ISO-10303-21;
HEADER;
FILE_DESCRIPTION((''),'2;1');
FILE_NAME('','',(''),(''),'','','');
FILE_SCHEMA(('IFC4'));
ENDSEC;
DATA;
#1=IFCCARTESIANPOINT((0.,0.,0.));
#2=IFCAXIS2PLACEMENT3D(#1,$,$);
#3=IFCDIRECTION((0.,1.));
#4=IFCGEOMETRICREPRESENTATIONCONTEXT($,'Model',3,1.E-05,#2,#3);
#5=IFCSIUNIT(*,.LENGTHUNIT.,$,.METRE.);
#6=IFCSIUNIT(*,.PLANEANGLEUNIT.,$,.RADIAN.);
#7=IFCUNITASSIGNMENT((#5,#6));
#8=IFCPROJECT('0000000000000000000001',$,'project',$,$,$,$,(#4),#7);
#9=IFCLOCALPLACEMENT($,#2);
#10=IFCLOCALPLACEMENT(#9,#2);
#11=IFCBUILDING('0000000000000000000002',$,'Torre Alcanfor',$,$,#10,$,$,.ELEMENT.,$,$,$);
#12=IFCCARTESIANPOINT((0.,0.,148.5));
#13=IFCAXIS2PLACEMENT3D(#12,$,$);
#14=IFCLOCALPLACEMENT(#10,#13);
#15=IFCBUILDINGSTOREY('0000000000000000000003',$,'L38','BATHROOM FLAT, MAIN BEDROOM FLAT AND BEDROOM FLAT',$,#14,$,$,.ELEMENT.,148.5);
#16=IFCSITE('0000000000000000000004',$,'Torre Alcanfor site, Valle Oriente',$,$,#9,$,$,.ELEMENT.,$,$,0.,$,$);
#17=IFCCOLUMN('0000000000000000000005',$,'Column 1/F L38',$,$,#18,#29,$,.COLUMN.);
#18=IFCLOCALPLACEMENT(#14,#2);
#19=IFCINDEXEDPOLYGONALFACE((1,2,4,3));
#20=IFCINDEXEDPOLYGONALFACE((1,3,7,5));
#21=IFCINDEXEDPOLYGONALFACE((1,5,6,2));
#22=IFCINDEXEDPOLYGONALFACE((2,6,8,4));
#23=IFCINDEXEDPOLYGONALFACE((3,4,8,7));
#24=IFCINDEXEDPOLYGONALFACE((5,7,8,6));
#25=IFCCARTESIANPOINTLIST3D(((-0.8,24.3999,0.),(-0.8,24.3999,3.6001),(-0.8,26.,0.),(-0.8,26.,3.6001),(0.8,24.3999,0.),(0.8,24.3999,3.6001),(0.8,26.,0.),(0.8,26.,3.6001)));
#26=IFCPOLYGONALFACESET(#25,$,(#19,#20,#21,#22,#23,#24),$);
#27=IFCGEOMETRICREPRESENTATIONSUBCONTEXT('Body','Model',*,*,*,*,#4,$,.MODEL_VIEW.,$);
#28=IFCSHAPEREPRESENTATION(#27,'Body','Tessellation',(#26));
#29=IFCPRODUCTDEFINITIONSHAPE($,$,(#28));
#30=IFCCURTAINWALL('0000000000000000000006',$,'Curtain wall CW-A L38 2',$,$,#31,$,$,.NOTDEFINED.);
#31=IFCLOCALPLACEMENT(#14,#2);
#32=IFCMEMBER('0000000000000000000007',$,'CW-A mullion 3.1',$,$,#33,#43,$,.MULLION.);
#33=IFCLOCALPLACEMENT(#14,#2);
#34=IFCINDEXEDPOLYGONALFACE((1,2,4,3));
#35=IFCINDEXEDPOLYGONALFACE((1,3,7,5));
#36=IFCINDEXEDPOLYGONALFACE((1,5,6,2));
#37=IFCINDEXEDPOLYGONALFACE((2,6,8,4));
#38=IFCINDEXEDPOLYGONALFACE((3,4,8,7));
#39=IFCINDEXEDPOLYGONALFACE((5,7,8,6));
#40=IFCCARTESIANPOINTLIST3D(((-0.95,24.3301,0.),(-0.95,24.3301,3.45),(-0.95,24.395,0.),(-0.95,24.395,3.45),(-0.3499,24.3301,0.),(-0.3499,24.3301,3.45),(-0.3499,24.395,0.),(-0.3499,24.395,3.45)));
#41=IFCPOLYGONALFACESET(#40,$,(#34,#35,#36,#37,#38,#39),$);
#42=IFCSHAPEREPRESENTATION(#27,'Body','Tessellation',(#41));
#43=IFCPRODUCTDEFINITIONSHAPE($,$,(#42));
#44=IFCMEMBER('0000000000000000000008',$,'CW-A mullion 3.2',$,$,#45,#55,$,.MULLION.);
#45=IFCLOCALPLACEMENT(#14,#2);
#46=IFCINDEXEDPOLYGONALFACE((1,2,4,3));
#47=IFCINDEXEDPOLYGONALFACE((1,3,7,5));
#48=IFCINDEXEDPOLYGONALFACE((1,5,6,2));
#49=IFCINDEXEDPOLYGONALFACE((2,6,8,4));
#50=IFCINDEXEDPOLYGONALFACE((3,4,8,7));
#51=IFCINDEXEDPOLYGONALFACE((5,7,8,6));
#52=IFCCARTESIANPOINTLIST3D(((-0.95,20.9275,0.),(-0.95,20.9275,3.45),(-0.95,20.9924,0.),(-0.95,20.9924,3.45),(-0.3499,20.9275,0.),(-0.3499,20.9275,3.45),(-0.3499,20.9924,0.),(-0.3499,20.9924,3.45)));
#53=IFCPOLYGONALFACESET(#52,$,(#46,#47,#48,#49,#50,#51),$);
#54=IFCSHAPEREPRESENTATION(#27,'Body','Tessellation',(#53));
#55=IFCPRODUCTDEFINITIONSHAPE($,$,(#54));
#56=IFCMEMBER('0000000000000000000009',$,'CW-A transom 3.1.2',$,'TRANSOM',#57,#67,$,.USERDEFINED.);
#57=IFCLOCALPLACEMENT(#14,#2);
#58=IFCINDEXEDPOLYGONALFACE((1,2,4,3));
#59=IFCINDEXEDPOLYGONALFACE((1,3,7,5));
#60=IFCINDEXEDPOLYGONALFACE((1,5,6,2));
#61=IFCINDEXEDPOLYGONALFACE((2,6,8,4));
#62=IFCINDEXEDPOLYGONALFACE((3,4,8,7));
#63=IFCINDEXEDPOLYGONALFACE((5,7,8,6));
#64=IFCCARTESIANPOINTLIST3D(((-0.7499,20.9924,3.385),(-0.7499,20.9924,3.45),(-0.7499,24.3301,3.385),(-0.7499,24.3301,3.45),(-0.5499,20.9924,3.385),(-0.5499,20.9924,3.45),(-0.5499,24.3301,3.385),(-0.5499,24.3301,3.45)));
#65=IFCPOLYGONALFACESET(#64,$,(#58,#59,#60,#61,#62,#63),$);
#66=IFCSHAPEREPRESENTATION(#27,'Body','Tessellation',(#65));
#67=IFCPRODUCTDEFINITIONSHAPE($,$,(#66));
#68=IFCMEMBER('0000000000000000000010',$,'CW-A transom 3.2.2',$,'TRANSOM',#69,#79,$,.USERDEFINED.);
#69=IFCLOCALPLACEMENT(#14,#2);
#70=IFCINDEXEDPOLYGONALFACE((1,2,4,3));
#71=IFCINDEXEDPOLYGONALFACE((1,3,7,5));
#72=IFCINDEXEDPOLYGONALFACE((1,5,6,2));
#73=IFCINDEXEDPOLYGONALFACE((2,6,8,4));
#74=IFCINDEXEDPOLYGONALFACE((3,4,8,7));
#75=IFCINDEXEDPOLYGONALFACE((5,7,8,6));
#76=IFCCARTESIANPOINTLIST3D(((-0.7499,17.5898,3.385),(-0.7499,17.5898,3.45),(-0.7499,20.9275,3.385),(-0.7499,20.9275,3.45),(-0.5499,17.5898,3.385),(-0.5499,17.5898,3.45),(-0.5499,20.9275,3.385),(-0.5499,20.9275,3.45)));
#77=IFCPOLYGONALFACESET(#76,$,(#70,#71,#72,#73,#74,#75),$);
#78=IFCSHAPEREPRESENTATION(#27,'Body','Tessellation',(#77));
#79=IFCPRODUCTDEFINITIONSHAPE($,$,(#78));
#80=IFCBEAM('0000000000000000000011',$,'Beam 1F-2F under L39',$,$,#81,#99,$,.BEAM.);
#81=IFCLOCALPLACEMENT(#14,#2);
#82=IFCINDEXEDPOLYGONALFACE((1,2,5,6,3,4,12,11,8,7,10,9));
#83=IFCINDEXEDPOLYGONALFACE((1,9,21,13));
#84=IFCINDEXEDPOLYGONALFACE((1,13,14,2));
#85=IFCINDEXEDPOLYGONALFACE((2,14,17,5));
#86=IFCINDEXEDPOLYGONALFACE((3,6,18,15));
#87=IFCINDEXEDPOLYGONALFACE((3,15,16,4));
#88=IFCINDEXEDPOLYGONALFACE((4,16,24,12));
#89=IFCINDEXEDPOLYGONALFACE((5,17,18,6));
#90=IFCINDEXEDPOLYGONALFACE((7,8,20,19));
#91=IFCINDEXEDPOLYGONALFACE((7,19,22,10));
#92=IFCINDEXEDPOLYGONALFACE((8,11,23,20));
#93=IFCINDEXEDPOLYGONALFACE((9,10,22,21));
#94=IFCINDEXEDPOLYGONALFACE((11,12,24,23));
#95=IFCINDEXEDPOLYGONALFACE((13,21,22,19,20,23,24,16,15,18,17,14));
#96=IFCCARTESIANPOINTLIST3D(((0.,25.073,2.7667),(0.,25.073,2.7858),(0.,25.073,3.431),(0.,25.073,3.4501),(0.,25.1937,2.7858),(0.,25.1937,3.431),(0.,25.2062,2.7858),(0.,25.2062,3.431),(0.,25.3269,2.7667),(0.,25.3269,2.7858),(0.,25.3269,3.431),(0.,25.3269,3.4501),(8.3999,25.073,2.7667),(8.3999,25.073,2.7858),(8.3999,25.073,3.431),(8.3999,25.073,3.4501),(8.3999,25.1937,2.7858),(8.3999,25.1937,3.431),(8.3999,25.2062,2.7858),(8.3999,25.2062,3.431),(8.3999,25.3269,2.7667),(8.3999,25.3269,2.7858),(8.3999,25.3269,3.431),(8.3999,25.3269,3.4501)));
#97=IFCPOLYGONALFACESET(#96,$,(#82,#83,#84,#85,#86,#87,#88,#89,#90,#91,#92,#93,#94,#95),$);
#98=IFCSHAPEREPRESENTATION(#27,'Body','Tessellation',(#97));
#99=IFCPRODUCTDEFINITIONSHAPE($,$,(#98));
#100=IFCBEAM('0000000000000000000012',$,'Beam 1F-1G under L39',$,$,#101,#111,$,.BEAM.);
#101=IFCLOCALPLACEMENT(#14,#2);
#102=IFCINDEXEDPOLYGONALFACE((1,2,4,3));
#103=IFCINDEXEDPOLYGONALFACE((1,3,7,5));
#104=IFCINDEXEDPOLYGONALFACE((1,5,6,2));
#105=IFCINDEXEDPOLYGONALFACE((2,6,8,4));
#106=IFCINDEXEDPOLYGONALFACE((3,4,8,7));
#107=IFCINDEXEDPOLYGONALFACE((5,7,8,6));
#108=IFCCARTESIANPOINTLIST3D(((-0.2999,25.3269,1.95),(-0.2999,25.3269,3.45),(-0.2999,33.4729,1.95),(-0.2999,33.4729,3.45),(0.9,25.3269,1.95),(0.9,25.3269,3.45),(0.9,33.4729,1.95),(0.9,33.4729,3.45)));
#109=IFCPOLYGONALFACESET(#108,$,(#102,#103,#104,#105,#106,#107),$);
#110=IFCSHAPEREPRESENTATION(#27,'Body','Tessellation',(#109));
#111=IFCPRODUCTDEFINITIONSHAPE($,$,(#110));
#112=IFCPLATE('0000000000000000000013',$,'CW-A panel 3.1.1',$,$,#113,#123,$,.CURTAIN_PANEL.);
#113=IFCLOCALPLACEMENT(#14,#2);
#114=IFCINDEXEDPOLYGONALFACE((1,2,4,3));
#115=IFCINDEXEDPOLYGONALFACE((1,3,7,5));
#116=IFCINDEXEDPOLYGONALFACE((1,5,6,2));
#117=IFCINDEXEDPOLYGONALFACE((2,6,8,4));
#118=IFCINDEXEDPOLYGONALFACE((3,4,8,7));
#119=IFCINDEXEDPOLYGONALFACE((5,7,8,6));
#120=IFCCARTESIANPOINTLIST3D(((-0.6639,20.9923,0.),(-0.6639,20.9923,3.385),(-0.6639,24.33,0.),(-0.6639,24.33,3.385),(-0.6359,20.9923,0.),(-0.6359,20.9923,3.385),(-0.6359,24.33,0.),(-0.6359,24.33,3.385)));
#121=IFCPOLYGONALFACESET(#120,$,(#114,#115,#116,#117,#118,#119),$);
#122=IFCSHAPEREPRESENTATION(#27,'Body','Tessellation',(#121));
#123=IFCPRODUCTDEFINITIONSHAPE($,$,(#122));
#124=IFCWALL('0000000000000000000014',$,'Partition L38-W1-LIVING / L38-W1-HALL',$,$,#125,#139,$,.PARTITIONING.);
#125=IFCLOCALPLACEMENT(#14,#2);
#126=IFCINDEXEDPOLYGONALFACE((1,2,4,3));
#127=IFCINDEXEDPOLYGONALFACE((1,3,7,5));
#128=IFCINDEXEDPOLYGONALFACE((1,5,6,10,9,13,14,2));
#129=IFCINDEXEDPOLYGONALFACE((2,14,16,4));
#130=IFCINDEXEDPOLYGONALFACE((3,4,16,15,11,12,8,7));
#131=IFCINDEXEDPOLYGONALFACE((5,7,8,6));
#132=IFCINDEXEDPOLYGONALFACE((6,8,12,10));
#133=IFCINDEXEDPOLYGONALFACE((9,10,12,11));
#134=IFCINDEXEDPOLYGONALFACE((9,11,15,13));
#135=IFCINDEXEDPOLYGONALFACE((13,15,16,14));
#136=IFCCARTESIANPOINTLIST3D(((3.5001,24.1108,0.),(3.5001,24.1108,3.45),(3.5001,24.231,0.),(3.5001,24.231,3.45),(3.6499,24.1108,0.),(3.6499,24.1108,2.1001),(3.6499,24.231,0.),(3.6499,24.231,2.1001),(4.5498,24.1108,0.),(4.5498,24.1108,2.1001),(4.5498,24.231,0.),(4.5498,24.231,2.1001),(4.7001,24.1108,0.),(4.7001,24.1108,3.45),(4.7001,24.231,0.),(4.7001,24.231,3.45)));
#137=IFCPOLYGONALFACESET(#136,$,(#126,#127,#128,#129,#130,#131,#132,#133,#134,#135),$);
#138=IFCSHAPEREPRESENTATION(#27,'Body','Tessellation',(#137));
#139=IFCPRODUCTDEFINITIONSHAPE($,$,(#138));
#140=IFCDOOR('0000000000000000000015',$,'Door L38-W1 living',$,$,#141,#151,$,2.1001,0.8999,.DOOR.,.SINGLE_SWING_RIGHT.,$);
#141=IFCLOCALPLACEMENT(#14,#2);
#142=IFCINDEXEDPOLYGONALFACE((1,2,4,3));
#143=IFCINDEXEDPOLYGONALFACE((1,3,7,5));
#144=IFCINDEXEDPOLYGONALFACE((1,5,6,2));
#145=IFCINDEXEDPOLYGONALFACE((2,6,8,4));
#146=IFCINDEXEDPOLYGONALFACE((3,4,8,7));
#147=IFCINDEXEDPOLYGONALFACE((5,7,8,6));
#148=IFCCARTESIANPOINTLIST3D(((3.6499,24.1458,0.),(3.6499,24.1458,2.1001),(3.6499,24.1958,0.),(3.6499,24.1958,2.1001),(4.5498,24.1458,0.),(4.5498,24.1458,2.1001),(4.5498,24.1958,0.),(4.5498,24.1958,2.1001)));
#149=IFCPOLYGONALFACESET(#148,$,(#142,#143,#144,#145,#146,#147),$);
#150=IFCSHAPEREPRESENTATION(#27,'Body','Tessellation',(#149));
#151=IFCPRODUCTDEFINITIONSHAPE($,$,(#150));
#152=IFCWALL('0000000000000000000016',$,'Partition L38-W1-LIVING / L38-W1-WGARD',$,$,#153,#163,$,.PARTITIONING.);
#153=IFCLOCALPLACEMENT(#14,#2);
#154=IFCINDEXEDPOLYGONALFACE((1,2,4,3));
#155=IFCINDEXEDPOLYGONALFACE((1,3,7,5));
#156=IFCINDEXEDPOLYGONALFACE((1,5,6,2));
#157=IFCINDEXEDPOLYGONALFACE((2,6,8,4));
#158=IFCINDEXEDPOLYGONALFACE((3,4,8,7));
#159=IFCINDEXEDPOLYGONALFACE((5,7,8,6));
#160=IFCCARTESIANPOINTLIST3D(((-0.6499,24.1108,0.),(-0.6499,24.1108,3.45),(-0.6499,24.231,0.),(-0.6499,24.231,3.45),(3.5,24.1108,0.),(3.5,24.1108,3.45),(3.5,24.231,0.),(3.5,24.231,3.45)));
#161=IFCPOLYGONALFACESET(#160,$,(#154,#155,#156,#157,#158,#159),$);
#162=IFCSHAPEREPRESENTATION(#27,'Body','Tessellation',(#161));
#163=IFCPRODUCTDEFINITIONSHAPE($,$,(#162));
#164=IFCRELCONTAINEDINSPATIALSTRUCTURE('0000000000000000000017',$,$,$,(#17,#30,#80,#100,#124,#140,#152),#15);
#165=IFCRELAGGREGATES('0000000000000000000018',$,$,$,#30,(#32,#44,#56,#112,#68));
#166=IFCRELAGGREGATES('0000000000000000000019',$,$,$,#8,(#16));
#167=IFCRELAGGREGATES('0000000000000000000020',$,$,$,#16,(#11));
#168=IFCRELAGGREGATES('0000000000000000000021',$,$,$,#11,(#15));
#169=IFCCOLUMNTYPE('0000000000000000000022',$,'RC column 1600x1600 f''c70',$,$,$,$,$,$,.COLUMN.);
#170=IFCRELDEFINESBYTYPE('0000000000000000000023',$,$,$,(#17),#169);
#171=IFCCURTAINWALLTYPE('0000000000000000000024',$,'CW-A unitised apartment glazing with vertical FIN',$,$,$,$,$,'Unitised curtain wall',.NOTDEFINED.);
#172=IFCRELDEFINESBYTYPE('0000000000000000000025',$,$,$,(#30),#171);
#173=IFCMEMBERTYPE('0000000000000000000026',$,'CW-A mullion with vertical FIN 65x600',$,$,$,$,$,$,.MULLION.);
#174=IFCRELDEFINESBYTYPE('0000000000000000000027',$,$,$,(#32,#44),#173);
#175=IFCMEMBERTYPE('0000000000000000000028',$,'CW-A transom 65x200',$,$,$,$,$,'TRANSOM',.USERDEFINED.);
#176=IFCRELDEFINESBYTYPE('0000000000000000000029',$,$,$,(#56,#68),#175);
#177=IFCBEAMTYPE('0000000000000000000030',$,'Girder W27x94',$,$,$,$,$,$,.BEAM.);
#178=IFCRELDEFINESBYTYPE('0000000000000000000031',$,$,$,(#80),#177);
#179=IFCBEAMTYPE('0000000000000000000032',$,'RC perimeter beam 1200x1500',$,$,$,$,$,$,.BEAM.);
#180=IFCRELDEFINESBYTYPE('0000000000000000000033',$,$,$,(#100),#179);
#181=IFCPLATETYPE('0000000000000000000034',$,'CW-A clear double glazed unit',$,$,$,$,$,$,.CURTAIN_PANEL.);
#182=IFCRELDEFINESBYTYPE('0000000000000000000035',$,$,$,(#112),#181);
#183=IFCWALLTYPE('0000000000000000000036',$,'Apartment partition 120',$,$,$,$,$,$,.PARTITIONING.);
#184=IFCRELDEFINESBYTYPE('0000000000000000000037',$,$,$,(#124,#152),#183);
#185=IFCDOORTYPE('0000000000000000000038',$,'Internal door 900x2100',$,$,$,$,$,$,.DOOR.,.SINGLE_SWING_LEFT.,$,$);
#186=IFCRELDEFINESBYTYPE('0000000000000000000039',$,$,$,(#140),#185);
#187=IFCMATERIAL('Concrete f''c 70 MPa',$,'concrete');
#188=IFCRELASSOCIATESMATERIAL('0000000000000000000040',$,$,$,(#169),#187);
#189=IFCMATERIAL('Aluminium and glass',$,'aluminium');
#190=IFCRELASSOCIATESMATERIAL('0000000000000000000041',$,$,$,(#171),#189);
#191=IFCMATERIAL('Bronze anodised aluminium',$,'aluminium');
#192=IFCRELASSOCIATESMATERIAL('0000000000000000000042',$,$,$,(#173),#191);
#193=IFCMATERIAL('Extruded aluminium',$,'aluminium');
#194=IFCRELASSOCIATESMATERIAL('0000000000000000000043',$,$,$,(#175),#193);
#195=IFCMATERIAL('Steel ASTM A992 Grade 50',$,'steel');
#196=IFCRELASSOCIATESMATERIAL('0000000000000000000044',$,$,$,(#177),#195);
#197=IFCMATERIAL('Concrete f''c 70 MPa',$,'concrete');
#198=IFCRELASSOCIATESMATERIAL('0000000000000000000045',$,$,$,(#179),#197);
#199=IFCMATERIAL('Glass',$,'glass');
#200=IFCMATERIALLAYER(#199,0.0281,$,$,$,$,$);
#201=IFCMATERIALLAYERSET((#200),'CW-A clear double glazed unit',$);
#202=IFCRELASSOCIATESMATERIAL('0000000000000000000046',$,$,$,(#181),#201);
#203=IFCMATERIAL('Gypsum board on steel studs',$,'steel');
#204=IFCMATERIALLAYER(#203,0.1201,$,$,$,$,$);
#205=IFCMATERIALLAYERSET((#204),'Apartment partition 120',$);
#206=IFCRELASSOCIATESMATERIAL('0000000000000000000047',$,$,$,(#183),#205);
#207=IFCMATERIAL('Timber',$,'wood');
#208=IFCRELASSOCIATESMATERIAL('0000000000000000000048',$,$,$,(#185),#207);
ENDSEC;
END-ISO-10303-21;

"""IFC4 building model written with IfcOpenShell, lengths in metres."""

from ifc_helpers import new_model, si_unit, direction, frame, frame_2d, origin, origin_2d, place, context, subcontext, project, spatial, rectangle, i_section, extrude, material, layer, layer_set, material_profile, profile_set, type_object, element, fill, aggregate, save


model = new_model("IFC4")

# Units and contexts
model_context = context("Model", 3, precision=1e-05, world=origin(), true_north=direction((0.0, 1.0)))
body_context = subcontext(model_context, "Body", "Model", "MODEL_VIEW")
ifc_project = project(units=[si_unit("LENGTHUNIT", "METRE"), si_unit("PLANEANGLEUNIT", "RADIAN")], contexts=[model_context])

# Site, building, storey
site_placement = place(None, origin())
site = spatial("IfcSite", under=ifc_project, at=site_placement, Name="Torre Alcanfor site, Valle Oriente", CompositionType="ELEMENT", RefElevation=0.0)
building_placement = place(site_placement, origin())
building = spatial("IfcBuilding", under=site, at=building_placement, Name="Torre Alcanfor", CompositionType="ELEMENT")
storey_placement = place(building_placement, frame((0.0, 0.0, 148.5)))
storey = spatial("IfcBuildingStorey", under=building, at=storey_placement, Name="L38", Description="BATHROOM FLAT, MAIN BEDROOM FLAT AND BEDROOM FLAT", CompositionType="ELEMENT", Elevation=148.5)

# Column
ifc_material_1 = material(Name="Concrete f'c 70 MPa", Category="concrete")
ifc_material_profile_1 = material_profile(ifc_material_1, rectangle(XDim=1.6001, YDim=1.6001, at=origin_2d()), Name="1600x1600")
ifc_profile_set_1 = profile_set([ifc_material_profile_1], Name="Concrete f'c 70 MPa")
column_type = type_object("IfcColumnType", Name="RC column 1600x1600 f'c70", PredefinedType="COLUMN", material=ifc_profile_set_1)
column_placement = place(storey_placement, frame((0.0, 25.2, 0.0), z_axis=(0.0, 0.0, 1.0), x_axis=(1.0, 0.0, 0.0)))
element("IfcColumn", 1, at=column_placement, inside=storey, type_object=column_type, Name="Column 1/F L38", PredefinedType="COLUMN", context=body_context, shape_type="SweptSolid", body=[
    extrude(rectangle(XDim=1.6001, YDim=1.6001, at=origin_2d()), origin(), (0.0, 0.0, 1.0), 3.6001),
])

# Curtain wall, members
ifc_material_2 = material(Name="Aluminium and glass", Category="aluminium")
curtain_wall_type = type_object("IfcCurtainWallType", Name="CW-A unitised apartment glazing with vertical FIN", ElementType="Unitised curtain wall", PredefinedType="NOTDEFINED", material=ifc_material_2)
curtain_wall_placement = place(storey_placement, origin())
curtain_wall = element("IfcCurtainWall", 2, at=curtain_wall_placement, inside=storey, type_object=curtain_wall_type, Name="Curtain wall CW-A L38 2", PredefinedType="NOTDEFINED")
ifc_material_3 = material(Name="Bronze anodised aluminium", Category="aluminium")
ifc_material_profile_2 = material_profile(ifc_material_3, rectangle(XDim=0.6001, YDim=0.0649, at=origin_2d()), Name="CW-A mullion 65x600")
ifc_profile_set_2 = profile_set([ifc_material_profile_2], Name="Bronze anodised aluminium")
member_type_1 = type_object("IfcMemberType", Name="CW-A mullion with vertical FIN 65x600", PredefinedType="MULLION", material=ifc_profile_set_2)
member_1_placement = place(storey_placement, frame((-0.6499, 24.3625, 0.0), z_axis=(0.0, 0.0, 1.0), x_axis=(1.0, 0.0, 0.0)))
member_1 = element("IfcMember", 3, at=member_1_placement, type_object=member_type_1, Name="CW-A mullion 3.1", PredefinedType="MULLION", context=body_context, shape_type="SweptSolid", body=[
    extrude(rectangle(XDim=0.6001, YDim=0.0649, at=origin_2d()), origin(), (0.0, 0.0, 1.0), 3.45),
])
member_2_placement = place(storey_placement, frame((-0.6499, 20.96, 0.0), z_axis=(0.0, 0.0, 1.0), x_axis=(1.0, 0.0, 0.0)))
member_2 = element("IfcMember", 4, at=member_2_placement, type_object=member_type_1, Name="CW-A mullion 3.2", PredefinedType="MULLION", context=body_context, shape_type="SweptSolid", body=[
    extrude(rectangle(XDim=0.6001, YDim=0.0649, at=origin_2d()), origin(), (0.0, 0.0, 1.0), 3.45),
])
ifc_material_4 = material(Name="Extruded aluminium", Category="aluminium")
ifc_material_profile_3 = material_profile(ifc_material_4, rectangle(XDim=0.2, YDim=0.0649, at=origin_2d()), Name="CW-A transom 200x65")
ifc_profile_set_3 = profile_set([ifc_material_profile_3], Name="Extruded aluminium")
member_type_2 = type_object("IfcMemberType", Name="CW-A transom 65x200", ElementType="TRANSOM", PredefinedType="USERDEFINED", material=ifc_profile_set_3)
member_3_placement = place(storey_placement, frame((-0.6499, 24.3301, 3.4175), z_axis=(0.0, -1.0, 0.0), x_axis=(1.0, 0.0, 0.0)))
member_3 = element("IfcMember", 5, at=member_3_placement, type_object=member_type_2, Name="CW-A transom 3.1.2", ObjectType="TRANSOM", PredefinedType="USERDEFINED", context=body_context, shape_type="SweptSolid", body=[
    extrude(rectangle(XDim=0.2, YDim=0.0649, at=origin_2d()), origin(), (0.0, 0.0, 1.0), 3.3376),
])
member_4_placement = place(storey_placement, frame((-0.6499, 20.9275, 3.4175), z_axis=(0.0, -1.0, 0.0), x_axis=(1.0, 0.0, 0.0)))
member_4 = element("IfcMember", 6, at=member_4_placement, type_object=member_type_2, Name="CW-A transom 3.2.2", ObjectType="TRANSOM", PredefinedType="USERDEFINED", context=body_context, shape_type="SweptSolid", body=[
    extrude(rectangle(XDim=0.2, YDim=0.0649, at=origin_2d()), origin(), (0.0, 0.0, 1.0), 3.3376),
])

# Beams
ifc_material_5 = material(Name="Steel ASTM A992 Grade 50", Category="steel")
ifc_material_profile_4 = material_profile(ifc_material_5, i_section(OverallWidth=0.2539, OverallDepth=0.6833, WebThickness=0.0125, FlangeThickness=0.019, at=origin_2d()), Name="W27x94")
ifc_profile_set_4 = profile_set([ifc_material_profile_4], Name="Steel ASTM A992 Grade 50")
beam_type_1 = type_object("IfcBeamType", Name="Girder W27x94", PredefinedType="BEAM", material=ifc_profile_set_4)
beam_1_placement = place(storey_placement, frame((0.0, 25.2, 3.1084), z_axis=(1.0, 0.0, 0.0), x_axis=(0.0, 1.0, 0.0)))
element("IfcBeam", 7, at=beam_1_placement, inside=storey, type_object=beam_type_1, Name="Beam 1F-2F under L39", PredefinedType="BEAM", context=body_context, shape_type="SweptSolid", body=[
    extrude(i_section(OverallWidth=0.2539, OverallDepth=0.6833, WebThickness=0.0125, FlangeThickness=0.019, at=origin_2d()), origin(), (0.0, 0.0, 1.0), 8.3999),
])
ifc_material_6 = material(Name="Concrete f'c 70 MPa", Category="concrete")
ifc_material_profile_5 = material_profile(ifc_material_6, rectangle(XDim=1.2, YDim=1.5, at=origin_2d()), Name="1200x1500")
ifc_profile_set_5 = profile_set([ifc_material_profile_5], Name="Concrete f'c 70 MPa")
beam_type_2 = type_object("IfcBeamType", Name="RC perimeter beam 1200x1500", PredefinedType="BEAM", material=ifc_profile_set_5)
beam_2_placement = place(storey_placement, frame((0.3, 25.3269, 2.7), z_axis=(0.0, 1.0, 0.0), x_axis=(-1.0, 0.0, 0.0)))
element("IfcBeam", 8, at=beam_2_placement, inside=storey, type_object=beam_type_2, Name="Beam 1F-1G under L39", PredefinedType="BEAM", context=body_context, shape_type="SweptSolid", body=[
    extrude(rectangle(XDim=1.2, YDim=1.5, at=origin_2d()), origin(), (0.0, 0.0, 1.0), 8.146),
])

# Plate
ifc_material_7 = material(Name="Glass", Category="glass")
ifc_layer_1 = layer(ifc_material_7, 0.0281)
ifc_layer_set_1 = layer_set([ifc_layer_1], Name="CW-A clear double glazed unit")
plate_type = type_object("IfcPlateType", Name="CW-A clear double glazed unit", PredefinedType="CURTAIN_PANEL", material=ifc_layer_set_1)
plate_placement = place(storey_placement, frame((-0.6499, 22.6611, 0.0), z_axis=(0.0, 0.0, 1.0), x_axis=(0.0, -1.0, 0.0)))
plate = element("IfcPlate", 9, at=plate_placement, type_object=plate_type, Name="CW-A panel 3.1.1", PredefinedType="CURTAIN_PANEL", context=body_context, shape_type="SweptSolid", body=[
    extrude(rectangle(XDim=3.3376, YDim=0.0281, at=origin_2d()), origin(), (0.0, 0.0, 1.0), 3.385),
])
aggregate(curtain_wall, [member_1, member_2, member_3, plate, member_4])

# Wall, opening, door
ifc_material_8 = material(Name="Gypsum board on steel studs", Category="steel")
ifc_layer_2 = layer(ifc_material_8, 0.1201)
ifc_layer_set_2 = layer_set([ifc_layer_2], Name="Apartment partition 120")
wall_type = type_object("IfcWallType", Name="Apartment partition 120", PredefinedType="PARTITIONING", material=ifc_layer_set_2)
wall_1_placement = place(storey_placement, frame((3.5, 24.1709, 0.0), z_axis=(0.0, 0.0, 1.0), x_axis=(1.0, 0.0, 0.0)))
wall_1 = element("IfcWall", 10, at=wall_1_placement, inside=storey, type_object=wall_type, Name="Partition L38-W1-LIVING / L38-W1-HALL", PredefinedType="PARTITIONING", context=body_context, shape_type="SweptSolid", body=[
    extrude(rectangle(XDim=1.2, YDim=0.1201, at=frame_2d((0.6001, 0.0))), origin(), (0.0, 0.0, 1.0), 3.45),
])
opening_1_placement = place(wall_1_placement, frame((0.1499, 0.0, 0.0)))
opening_1 = element("IfcOpeningElement", 11, at=opening_1_placement, cuts=wall_1, PredefinedType="OPENING", context=body_context, shape_type="SweptSolid", body=[
    extrude(rectangle(XDim=0.8999, YDim=2.1001, at=frame_2d((0.45, 1.05))), frame((0.0, 0.0701, 0.0), z_axis=(0.0, -1.0, 0.0), x_axis=(1.0, 0.0, 0.0)), (0.0, 0.0, 1.0), 0.1401),
])
ifc_material_9 = material(Name="Timber", Category="wood")
door_type = type_object("IfcDoorType", Name="Internal door 900x2100", OperationType="SINGLE_SWING_LEFT", PredefinedType="DOOR", material=ifc_material_9)
door_1_placement = place(opening_1_placement, origin())
door_1 = element("IfcDoor", 12, at=door_1_placement, inside=storey, type_object=door_type, Name="Door L38-W1 living", OperationType="SINGLE_SWING_RIGHT", OverallHeight=2.1001, OverallWidth=0.8999, PredefinedType="DOOR", context=body_context, shape_type="SweptSolid", body=[
    extrude(rectangle(XDim=0.8999, YDim=2.1001, at=frame_2d((0.45, 1.05))), frame((0.0, 0.0249, 0.0), z_axis=(0.0, -1.0, 0.0), x_axis=(1.0, 0.0, 0.0)), (0.0, 0.0, 1.0), 0.05),
])
fill(opening_1, door_1)

# Wall
wall_2_placement = place(storey_placement, frame((-0.6499, 24.1709, 0.0), z_axis=(0.0, 0.0, 1.0), x_axis=(1.0, 0.0, 0.0)))
element("IfcWall", 13, at=wall_2_placement, inside=storey, type_object=wall_type, Name="Partition L38-W1-LIVING / L38-W1-WGARD", PredefinedType="PARTITIONING", context=body_context, shape_type="SweptSolid", body=[
    extrude(rectangle(XDim=4.1499, YDim=0.1201, at=frame_2d((2.075, 0.0))), origin(), (0.0, 0.0, 1.0), 3.45),
])

save(model, "model.ifc")
